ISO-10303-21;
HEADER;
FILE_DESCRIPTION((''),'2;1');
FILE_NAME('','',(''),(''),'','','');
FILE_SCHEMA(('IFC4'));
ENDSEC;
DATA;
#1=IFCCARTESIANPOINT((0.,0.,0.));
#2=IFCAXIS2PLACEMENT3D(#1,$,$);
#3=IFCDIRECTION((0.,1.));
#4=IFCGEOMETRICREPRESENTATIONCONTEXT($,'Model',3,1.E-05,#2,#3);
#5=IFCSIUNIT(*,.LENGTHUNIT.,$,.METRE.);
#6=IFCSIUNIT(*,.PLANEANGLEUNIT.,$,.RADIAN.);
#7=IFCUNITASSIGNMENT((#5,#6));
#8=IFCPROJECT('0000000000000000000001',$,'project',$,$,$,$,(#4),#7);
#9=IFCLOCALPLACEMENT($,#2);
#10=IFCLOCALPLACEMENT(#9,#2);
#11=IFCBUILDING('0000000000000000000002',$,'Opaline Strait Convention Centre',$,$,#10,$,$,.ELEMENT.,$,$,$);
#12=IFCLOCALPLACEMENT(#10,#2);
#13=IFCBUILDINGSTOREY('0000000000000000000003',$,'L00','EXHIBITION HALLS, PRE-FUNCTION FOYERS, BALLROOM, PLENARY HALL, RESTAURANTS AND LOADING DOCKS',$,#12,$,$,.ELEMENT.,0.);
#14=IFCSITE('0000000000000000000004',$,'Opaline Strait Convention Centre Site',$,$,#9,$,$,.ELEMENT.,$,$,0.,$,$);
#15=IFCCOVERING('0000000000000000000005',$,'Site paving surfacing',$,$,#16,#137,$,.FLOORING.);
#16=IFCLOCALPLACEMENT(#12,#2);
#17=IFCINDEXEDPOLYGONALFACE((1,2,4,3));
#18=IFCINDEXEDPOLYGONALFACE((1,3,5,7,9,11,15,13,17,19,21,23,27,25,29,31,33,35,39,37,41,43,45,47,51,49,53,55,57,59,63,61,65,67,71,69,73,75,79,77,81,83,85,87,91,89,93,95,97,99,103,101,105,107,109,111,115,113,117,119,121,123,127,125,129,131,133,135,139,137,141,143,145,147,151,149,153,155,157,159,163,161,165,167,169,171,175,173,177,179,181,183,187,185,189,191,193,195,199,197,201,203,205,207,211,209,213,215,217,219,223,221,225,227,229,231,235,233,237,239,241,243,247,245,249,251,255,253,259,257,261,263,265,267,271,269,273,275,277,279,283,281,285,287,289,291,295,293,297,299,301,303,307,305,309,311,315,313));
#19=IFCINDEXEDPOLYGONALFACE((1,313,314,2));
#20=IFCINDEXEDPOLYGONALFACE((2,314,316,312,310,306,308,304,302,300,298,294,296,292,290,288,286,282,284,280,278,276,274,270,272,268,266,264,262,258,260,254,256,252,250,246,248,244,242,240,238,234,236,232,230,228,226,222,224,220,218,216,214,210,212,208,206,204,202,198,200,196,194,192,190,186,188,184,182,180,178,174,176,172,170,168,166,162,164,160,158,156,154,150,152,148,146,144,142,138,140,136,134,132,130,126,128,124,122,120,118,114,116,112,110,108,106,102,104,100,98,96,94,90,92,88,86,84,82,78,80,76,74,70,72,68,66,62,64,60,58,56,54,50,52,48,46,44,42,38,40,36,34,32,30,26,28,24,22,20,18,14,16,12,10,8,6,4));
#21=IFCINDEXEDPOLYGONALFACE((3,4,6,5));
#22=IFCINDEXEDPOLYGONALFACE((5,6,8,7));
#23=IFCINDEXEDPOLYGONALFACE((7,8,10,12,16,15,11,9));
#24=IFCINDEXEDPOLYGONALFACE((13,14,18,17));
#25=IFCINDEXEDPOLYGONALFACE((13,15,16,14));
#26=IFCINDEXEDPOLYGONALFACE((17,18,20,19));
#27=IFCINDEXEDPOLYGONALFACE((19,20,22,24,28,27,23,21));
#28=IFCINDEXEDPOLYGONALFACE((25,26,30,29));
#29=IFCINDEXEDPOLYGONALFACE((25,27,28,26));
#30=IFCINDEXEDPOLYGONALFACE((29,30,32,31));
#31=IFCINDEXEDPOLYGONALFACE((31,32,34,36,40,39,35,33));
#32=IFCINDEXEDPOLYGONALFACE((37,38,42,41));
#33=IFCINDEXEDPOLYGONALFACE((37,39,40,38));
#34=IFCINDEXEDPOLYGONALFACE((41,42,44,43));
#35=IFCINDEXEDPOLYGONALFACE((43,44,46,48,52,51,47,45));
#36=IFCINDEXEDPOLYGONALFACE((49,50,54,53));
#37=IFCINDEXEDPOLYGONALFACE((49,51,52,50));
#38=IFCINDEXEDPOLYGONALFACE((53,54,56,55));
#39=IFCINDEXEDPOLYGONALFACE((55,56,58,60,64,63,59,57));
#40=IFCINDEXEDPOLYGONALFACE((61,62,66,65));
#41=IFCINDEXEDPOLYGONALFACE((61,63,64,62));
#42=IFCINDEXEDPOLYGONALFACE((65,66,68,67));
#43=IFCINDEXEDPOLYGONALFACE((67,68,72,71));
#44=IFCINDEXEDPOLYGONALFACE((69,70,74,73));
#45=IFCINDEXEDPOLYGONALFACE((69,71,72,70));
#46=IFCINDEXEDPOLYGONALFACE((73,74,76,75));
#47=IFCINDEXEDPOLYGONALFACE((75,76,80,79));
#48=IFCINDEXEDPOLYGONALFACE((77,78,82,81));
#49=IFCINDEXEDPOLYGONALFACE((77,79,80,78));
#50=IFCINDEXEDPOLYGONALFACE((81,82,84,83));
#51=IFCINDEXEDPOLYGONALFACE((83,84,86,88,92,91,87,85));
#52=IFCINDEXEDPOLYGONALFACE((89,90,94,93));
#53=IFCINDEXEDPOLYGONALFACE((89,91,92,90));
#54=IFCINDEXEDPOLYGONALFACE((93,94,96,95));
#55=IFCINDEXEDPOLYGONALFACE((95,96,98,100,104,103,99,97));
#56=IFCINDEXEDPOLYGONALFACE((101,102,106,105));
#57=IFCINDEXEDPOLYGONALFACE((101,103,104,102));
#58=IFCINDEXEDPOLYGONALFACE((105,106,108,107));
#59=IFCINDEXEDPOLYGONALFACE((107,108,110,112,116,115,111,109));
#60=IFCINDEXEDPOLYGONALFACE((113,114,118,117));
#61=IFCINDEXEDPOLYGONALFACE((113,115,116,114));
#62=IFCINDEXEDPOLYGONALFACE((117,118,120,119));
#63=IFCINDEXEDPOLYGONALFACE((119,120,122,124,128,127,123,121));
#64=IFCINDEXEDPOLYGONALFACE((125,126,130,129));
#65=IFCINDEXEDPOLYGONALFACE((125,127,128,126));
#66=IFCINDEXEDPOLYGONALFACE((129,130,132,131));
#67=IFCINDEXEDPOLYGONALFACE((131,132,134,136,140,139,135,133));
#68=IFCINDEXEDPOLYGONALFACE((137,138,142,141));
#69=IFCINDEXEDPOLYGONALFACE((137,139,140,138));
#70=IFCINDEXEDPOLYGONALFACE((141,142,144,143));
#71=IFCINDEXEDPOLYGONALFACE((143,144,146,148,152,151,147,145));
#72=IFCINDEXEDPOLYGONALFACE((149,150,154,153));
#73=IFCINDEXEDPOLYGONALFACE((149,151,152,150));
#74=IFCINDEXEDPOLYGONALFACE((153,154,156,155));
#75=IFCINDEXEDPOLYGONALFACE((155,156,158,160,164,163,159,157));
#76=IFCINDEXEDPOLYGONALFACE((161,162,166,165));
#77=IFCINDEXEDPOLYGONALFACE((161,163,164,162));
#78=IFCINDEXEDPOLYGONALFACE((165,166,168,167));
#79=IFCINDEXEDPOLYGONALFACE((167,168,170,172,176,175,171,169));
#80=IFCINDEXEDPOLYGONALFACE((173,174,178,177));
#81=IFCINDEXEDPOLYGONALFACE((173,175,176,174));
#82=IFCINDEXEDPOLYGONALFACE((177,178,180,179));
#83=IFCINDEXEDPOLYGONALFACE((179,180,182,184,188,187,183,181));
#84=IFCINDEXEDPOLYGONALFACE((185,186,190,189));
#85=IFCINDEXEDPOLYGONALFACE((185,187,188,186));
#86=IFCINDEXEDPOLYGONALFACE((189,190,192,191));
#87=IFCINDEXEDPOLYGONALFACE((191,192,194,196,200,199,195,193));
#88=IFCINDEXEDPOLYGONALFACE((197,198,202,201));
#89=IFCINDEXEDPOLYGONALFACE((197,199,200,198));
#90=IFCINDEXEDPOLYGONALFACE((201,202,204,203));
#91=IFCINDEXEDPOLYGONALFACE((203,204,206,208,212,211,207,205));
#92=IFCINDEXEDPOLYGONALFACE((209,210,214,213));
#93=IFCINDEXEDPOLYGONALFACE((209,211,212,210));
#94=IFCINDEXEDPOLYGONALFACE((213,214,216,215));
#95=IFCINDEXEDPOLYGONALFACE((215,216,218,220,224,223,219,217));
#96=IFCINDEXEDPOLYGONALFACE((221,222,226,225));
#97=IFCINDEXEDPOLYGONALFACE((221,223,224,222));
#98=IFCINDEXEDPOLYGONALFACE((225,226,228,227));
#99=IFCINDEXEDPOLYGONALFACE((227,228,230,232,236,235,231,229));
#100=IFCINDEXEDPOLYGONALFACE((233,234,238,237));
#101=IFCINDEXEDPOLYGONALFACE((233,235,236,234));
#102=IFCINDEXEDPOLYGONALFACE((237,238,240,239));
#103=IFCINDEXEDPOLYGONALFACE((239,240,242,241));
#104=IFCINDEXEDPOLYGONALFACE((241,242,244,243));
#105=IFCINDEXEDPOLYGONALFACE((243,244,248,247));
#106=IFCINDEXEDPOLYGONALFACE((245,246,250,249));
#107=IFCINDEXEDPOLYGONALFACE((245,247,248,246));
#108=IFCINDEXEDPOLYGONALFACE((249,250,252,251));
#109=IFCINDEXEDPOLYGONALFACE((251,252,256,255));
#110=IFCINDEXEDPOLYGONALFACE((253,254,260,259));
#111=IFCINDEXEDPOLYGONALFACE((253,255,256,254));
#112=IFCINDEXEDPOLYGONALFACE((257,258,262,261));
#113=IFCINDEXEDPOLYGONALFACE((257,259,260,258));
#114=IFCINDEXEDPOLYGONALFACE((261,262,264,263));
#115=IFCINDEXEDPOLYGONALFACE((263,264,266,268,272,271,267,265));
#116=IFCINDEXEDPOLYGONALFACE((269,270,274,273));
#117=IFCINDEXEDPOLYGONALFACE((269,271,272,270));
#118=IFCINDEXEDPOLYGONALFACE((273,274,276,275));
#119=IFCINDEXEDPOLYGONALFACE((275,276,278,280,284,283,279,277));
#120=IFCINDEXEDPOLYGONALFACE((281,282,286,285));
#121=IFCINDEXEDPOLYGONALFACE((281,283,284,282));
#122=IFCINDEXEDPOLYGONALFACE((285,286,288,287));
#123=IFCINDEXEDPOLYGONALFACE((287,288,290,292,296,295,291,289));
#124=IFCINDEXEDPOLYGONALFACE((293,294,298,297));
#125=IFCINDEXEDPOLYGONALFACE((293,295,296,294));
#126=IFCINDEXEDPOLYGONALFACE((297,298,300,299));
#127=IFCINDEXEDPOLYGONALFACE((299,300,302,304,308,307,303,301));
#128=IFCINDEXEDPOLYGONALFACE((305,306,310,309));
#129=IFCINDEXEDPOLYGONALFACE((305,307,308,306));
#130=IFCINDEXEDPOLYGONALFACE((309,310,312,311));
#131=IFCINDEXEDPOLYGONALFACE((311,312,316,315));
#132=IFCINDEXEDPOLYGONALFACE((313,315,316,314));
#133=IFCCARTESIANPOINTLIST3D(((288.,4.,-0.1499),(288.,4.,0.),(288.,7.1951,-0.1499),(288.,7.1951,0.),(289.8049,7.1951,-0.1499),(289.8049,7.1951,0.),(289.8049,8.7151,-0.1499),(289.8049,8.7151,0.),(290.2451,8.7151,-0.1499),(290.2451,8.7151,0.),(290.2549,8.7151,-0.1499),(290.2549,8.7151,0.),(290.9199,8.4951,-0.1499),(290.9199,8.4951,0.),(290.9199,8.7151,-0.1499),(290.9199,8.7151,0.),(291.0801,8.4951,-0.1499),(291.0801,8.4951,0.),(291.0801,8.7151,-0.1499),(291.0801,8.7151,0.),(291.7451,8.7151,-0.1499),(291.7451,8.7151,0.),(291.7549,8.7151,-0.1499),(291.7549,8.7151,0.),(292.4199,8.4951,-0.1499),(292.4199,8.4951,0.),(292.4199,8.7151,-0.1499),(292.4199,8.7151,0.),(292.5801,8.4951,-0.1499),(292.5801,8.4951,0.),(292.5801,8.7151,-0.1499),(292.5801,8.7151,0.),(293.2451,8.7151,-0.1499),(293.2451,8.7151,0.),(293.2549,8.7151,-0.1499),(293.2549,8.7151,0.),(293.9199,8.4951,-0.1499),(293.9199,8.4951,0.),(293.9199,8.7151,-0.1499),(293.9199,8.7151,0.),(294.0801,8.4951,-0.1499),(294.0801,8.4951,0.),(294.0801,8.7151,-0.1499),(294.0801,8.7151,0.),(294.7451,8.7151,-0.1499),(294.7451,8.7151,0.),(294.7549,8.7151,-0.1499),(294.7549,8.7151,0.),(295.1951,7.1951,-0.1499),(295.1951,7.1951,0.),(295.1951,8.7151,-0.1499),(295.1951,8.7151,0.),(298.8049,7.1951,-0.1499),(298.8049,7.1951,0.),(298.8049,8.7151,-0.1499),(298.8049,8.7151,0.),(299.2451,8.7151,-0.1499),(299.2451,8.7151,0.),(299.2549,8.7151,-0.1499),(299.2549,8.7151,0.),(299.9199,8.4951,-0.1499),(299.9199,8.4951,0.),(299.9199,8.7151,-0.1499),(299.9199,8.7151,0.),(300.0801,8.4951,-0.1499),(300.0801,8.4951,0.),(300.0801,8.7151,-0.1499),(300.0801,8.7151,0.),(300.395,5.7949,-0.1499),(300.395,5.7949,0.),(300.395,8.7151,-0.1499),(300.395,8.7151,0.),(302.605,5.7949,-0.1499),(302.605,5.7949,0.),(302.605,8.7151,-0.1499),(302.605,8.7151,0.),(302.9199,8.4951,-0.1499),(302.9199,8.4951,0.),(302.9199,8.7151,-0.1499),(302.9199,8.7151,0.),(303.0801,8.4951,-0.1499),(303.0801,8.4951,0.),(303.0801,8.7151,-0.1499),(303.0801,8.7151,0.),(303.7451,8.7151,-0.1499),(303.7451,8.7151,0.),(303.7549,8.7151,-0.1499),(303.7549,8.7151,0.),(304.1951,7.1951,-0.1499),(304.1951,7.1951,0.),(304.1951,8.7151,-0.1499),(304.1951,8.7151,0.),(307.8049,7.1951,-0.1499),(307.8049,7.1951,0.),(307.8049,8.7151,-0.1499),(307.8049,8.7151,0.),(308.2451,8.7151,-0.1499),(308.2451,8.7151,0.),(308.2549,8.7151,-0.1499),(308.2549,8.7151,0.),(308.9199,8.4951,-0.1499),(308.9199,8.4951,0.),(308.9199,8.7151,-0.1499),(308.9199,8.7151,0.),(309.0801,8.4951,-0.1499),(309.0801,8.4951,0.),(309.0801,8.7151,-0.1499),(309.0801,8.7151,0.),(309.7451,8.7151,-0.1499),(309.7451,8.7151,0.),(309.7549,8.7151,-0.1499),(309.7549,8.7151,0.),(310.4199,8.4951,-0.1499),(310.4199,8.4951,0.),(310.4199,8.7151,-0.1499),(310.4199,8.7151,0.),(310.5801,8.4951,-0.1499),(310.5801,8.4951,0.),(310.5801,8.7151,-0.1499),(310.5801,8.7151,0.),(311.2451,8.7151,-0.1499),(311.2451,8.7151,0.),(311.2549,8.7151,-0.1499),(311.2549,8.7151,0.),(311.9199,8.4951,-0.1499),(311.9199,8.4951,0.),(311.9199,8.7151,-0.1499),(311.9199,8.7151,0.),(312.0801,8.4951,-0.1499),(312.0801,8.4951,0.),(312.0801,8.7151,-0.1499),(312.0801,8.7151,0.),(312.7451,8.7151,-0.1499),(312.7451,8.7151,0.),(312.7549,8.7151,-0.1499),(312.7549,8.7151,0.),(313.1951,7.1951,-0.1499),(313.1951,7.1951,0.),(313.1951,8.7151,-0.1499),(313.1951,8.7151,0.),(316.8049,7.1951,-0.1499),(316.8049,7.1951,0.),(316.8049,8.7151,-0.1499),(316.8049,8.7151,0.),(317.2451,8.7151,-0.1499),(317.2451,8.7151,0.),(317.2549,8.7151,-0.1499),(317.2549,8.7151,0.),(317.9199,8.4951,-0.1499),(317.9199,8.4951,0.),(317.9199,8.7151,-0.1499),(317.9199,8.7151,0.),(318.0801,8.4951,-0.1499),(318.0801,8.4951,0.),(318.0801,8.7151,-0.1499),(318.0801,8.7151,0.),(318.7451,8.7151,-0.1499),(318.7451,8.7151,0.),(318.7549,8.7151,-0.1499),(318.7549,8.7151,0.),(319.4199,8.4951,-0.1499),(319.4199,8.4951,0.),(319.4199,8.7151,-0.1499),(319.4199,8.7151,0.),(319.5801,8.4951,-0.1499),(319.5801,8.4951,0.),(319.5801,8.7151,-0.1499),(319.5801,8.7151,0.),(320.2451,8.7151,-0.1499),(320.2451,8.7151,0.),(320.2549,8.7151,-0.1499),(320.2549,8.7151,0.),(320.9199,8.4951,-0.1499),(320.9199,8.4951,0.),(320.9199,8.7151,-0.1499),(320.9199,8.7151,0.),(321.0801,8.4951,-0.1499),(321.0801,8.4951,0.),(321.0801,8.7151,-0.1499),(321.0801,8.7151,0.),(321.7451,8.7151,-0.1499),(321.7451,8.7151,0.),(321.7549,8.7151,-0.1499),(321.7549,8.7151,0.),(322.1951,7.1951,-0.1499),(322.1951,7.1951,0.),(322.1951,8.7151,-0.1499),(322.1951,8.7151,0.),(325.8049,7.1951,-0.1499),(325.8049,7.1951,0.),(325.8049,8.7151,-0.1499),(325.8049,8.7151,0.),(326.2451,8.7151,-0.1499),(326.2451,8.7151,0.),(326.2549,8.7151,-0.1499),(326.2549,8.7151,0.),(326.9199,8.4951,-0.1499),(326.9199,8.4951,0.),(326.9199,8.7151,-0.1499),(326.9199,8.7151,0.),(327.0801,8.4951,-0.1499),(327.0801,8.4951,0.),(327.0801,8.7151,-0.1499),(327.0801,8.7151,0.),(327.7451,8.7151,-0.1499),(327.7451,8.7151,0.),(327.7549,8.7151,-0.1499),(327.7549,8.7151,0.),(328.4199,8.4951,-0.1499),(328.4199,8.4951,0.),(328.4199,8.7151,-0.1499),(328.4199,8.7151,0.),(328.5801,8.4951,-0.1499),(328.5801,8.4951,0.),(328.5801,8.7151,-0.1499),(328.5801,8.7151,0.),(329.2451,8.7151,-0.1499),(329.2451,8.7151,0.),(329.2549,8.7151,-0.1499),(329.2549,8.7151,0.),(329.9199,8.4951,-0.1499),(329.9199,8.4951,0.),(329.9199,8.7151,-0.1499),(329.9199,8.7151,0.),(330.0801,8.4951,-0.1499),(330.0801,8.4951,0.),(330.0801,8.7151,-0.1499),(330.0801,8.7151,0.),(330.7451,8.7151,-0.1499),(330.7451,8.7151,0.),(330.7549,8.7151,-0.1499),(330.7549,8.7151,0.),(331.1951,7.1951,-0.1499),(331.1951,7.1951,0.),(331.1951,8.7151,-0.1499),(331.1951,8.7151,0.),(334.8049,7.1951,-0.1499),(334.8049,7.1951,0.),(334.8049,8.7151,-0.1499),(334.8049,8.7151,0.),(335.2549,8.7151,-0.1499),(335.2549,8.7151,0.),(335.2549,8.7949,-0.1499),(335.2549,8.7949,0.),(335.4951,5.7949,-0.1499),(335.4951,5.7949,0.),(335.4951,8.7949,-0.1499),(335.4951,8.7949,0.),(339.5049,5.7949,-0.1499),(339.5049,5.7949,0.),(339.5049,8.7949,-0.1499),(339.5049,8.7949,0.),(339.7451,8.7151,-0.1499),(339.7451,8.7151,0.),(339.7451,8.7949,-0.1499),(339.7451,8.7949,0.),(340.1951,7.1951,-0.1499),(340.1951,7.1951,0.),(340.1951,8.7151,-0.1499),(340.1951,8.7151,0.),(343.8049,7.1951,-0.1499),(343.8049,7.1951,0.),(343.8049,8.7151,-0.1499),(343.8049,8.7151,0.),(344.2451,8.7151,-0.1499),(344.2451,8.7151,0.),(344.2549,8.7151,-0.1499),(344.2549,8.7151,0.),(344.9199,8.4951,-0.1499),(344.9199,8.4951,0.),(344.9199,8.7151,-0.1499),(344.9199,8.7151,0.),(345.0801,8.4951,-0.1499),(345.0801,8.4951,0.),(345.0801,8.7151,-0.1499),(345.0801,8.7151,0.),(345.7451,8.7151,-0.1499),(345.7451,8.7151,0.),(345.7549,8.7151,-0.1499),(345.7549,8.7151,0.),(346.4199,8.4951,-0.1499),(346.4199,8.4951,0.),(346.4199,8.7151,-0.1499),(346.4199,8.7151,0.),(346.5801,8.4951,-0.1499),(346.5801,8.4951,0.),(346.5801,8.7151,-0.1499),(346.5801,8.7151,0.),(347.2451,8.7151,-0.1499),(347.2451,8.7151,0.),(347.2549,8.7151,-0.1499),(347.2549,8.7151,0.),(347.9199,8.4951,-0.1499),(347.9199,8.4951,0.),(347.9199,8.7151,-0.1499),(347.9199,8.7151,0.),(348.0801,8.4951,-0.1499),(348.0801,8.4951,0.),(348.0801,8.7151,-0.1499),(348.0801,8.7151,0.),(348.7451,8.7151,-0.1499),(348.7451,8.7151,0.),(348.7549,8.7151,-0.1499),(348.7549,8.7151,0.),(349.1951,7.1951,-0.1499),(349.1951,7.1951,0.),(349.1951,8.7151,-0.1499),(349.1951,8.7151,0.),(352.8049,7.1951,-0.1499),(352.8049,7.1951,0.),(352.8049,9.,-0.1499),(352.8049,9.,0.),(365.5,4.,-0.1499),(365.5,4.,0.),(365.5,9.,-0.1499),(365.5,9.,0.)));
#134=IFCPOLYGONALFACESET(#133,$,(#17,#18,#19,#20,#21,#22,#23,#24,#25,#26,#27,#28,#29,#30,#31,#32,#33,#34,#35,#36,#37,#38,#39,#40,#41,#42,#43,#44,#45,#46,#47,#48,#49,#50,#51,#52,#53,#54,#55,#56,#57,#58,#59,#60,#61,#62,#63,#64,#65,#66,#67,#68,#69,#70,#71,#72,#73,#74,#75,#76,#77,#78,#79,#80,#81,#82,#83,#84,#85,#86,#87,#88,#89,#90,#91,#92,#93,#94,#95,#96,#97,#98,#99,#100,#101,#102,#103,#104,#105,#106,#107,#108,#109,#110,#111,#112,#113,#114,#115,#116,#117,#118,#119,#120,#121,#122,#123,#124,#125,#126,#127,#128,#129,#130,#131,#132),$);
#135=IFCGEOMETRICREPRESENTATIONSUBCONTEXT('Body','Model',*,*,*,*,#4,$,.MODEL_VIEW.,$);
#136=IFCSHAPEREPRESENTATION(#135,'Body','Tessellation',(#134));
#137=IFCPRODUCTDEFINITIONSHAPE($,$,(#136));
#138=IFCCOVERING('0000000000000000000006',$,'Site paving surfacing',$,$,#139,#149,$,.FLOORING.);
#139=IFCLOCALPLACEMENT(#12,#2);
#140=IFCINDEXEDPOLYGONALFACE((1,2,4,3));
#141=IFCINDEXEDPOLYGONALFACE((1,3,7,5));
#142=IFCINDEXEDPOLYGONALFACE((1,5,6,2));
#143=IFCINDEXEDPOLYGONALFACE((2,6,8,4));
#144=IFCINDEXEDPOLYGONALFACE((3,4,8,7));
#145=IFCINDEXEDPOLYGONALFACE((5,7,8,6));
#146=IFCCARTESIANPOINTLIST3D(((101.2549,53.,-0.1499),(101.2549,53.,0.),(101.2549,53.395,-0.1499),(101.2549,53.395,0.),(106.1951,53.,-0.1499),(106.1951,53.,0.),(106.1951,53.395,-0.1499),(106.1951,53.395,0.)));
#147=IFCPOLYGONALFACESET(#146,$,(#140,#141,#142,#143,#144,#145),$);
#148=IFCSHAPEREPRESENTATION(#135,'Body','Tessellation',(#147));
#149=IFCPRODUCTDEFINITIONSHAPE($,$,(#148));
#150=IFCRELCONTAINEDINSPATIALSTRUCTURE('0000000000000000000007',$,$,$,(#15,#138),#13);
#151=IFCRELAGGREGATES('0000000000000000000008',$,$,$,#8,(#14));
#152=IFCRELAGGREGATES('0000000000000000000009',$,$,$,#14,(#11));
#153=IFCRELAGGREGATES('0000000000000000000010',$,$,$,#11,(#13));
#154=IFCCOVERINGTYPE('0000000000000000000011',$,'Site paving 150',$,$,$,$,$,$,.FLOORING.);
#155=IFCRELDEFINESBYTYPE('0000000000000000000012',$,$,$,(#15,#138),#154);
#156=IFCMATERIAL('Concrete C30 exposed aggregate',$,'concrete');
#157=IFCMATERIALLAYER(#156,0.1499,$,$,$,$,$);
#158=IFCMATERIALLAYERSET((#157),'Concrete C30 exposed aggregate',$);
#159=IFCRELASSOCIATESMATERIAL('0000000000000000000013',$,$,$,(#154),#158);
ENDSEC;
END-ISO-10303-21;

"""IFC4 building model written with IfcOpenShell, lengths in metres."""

from ifc_helpers import new_model, si_unit, direction, frame, origin, place, context, subcontext, project, spatial, polyline, outline, extrude, material, layer, layer_set, type_object, element, save


model = new_model("IFC4")

# Units and contexts
model_context = context("Model", 3, precision=1e-05, world=origin(), true_north=direction((0.0, 1.0)))
body_context = subcontext(model_context, "Body", "Model", "MODEL_VIEW")
ifc_project = project(units=[si_unit("LENGTHUNIT", "METRE"), si_unit("PLANEANGLEUNIT", "RADIAN")], contexts=[model_context])

# Site, building, storey
site_placement = place(None, origin())
site = spatial("IfcSite", under=ifc_project, at=site_placement, Name="Opaline Strait Convention Centre Site", CompositionType="ELEMENT", RefElevation=0.0)
building_placement = place(site_placement, origin())
building = spatial("IfcBuilding", under=site, at=building_placement, Name="Opaline Strait Convention Centre", CompositionType="ELEMENT")
storey_placement = place(building_placement, origin())
storey = spatial("IfcBuildingStorey", under=building, at=storey_placement, Name="L00", Description="EXHIBITION HALLS, PRE-FUNCTION FOYERS, BALLROOM, PLENARY HALL, RESTAURANTS AND LOADING DOCKS", CompositionType="ELEMENT", Elevation=0.0)

# Coverings
ifc_material_1 = material(Name="Concrete C30 exposed aggregate", Category="concrete")
ifc_layer_1 = layer(ifc_material_1, 0.1499)
ifc_layer_set_1 = layer_set([ifc_layer_1], Name="Concrete C30 exposed aggregate")
covering_type_1 = type_object("IfcCoveringType", Name="Site paving 150", PredefinedType="FLOORING", material=ifc_layer_set_1)
covering_1_placement = place(storey_placement, frame((0.0, 0.0, -0.1499)))
element("IfcCovering", 1, at=covering_1_placement, inside=storey, type_object=covering_type_1, Name="Site paving surfacing", PredefinedType="FLOORING", context=body_context, shape_type="SweptSolid", body=[
    extrude(outline(polyline([(288.0, 7.1951), (288.0, 4.0), (365.5, 4.0), (365.5, 9.0), (352.8049, 9.0), (352.8049, 7.1951), (349.1951, 7.1951), (349.1951, 8.7151), (348.7549, 8.7151), (348.7451, 8.7151), (348.0801, 8.7151), (348.0801, 8.4951), (347.9199, 8.4951), (347.9199, 8.7151), (347.2549, 8.7151), (347.2451, 8.7151), (346.5801, 8.7151), (346.5801, 8.4951), (346.4199, 8.4951), (346.4199, 8.7151), (345.7549, 8.7151), (345.7451, 8.7151), (345.0801, 8.7151), (345.0801, 8.4951), (344.9199, 8.4951), (344.9199, 8.7151), (344.2549, 8.7151), (344.2451, 8.7151), (343.8049, 8.7151), (343.8049, 7.1951), (340.1951, 7.1951), (340.1951, 8.7151), (339.7451, 8.7151), (339.7451, 8.7949), (339.5049, 8.7949), (339.5049, 5.7949), (335.4951, 5.7949), (335.4951, 8.7949), (335.2549, 8.7949), (335.2549, 8.7151), (334.8049, 8.7151), (334.8049, 7.1951), (331.1951, 7.1951), (331.1951, 8.7151), (330.7549, 8.7151), (330.7451, 8.7151), (330.0801, 8.7151), (330.0801, 8.4951), (329.9199, 8.4951), (329.9199, 8.7151), (329.2549, 8.7151), (329.2451, 8.7151), (328.5801, 8.7151), (328.5801, 8.4951), (328.4199, 8.4951), (328.4199, 8.7151), (327.7549, 8.7151), (327.7451, 8.7151), (327.0801, 8.7151), (327.0801, 8.4951), (326.9199, 8.4951), (326.9199, 8.7151), (326.2549, 8.7151), (326.2451, 8.7151), (325.8049, 8.7151), (325.8049, 7.1951), (322.1951, 7.1951), (322.1951, 8.7151), (321.7549, 8.7151), (321.7451, 8.7151), (321.0801, 8.7151), (321.0801, 8.4951), (320.9199, 8.4951), (320.9199, 8.7151), (320.2549, 8.7151), (320.2451, 8.7151), (319.5801, 8.7151), (319.5801, 8.4951), (319.4199, 8.4951), (319.4199, 8.7151), (318.7549, 8.7151), (318.7451, 8.7151), (318.0801, 8.7151), (318.0801, 8.4951), (317.9199, 8.4951), (317.9199, 8.7151), (317.2549, 8.7151), (317.2451, 8.7151), (316.8049, 8.7151), (316.8049, 7.1951), (313.1951, 7.1951), (313.1951, 8.7151), (312.7549, 8.7151), (312.7451, 8.7151), (312.0801, 8.7151), (312.0801, 8.4951), (311.9199, 8.4951), (311.9199, 8.7151), (311.2549, 8.7151), (311.2451, 8.7151), (310.5801, 8.7151), (310.5801, 8.4951), (310.4199, 8.4951), (310.4199, 8.7151), (309.7549, 8.7151), (309.7451, 8.7151), (309.0801, 8.7151), (309.0801, 8.4951), (308.9199, 8.4951), (308.9199, 8.7151), (308.2549, 8.7151), (308.2451, 8.7151), (307.8049, 8.7151), (307.8049, 7.1951), (304.1951, 7.1951), (304.1951, 8.7151), (303.7549, 8.7151), (303.7451, 8.7151), (303.0801, 8.7151), (303.0801, 8.4951), (302.9199, 8.4951), (302.9199, 8.7151), (302.605, 8.7151), (302.605, 5.7949), (300.395, 5.7949), (300.395, 8.7151), (300.0801, 8.7151), (300.0801, 8.4951), (299.9199, 8.4951), (299.9199, 8.7151), (299.2549, 8.7151), (299.2451, 8.7151), (298.8049, 8.7151), (298.8049, 7.1951), (295.1951, 7.1951), (295.1951, 8.7151), (294.7549, 8.7151), (294.7451, 8.7151), (294.0801, 8.7151), (294.0801, 8.4951), (293.9199, 8.4951), (293.9199, 8.7151), (293.2549, 8.7151), (293.2451, 8.7151), (292.5801, 8.7151), (292.5801, 8.4951), (292.4199, 8.4951), (292.4199, 8.7151), (291.7549, 8.7151), (291.7451, 8.7151), (291.0801, 8.7151), (291.0801, 8.4951), (290.9199, 8.4951), (290.9199, 8.7151), (290.2549, 8.7151), (290.2451, 8.7151), (289.8049, 8.7151), (289.8049, 7.1951), (288.0, 7.1951)])), origin(), (0.0, 0.0, 1.0), 0.1499),
])
covering_2_placement = place(storey_placement, frame((0.0, 0.0, -0.1499)))
element("IfcCovering", 2, at=covering_2_placement, inside=storey, type_object=covering_type_1, Name="Site paving surfacing", PredefinedType="FLOORING", context=body_context, shape_type="SweptSolid", body=[
    extrude(outline(polyline([(101.2549, 53.395), (101.2549, 53.0), (106.1951, 53.0), (106.1951, 53.395), (101.2549, 53.395)])), origin(), (0.0, 0.0, 1.0), 0.1499),
])

save(model, "model.ifc")
